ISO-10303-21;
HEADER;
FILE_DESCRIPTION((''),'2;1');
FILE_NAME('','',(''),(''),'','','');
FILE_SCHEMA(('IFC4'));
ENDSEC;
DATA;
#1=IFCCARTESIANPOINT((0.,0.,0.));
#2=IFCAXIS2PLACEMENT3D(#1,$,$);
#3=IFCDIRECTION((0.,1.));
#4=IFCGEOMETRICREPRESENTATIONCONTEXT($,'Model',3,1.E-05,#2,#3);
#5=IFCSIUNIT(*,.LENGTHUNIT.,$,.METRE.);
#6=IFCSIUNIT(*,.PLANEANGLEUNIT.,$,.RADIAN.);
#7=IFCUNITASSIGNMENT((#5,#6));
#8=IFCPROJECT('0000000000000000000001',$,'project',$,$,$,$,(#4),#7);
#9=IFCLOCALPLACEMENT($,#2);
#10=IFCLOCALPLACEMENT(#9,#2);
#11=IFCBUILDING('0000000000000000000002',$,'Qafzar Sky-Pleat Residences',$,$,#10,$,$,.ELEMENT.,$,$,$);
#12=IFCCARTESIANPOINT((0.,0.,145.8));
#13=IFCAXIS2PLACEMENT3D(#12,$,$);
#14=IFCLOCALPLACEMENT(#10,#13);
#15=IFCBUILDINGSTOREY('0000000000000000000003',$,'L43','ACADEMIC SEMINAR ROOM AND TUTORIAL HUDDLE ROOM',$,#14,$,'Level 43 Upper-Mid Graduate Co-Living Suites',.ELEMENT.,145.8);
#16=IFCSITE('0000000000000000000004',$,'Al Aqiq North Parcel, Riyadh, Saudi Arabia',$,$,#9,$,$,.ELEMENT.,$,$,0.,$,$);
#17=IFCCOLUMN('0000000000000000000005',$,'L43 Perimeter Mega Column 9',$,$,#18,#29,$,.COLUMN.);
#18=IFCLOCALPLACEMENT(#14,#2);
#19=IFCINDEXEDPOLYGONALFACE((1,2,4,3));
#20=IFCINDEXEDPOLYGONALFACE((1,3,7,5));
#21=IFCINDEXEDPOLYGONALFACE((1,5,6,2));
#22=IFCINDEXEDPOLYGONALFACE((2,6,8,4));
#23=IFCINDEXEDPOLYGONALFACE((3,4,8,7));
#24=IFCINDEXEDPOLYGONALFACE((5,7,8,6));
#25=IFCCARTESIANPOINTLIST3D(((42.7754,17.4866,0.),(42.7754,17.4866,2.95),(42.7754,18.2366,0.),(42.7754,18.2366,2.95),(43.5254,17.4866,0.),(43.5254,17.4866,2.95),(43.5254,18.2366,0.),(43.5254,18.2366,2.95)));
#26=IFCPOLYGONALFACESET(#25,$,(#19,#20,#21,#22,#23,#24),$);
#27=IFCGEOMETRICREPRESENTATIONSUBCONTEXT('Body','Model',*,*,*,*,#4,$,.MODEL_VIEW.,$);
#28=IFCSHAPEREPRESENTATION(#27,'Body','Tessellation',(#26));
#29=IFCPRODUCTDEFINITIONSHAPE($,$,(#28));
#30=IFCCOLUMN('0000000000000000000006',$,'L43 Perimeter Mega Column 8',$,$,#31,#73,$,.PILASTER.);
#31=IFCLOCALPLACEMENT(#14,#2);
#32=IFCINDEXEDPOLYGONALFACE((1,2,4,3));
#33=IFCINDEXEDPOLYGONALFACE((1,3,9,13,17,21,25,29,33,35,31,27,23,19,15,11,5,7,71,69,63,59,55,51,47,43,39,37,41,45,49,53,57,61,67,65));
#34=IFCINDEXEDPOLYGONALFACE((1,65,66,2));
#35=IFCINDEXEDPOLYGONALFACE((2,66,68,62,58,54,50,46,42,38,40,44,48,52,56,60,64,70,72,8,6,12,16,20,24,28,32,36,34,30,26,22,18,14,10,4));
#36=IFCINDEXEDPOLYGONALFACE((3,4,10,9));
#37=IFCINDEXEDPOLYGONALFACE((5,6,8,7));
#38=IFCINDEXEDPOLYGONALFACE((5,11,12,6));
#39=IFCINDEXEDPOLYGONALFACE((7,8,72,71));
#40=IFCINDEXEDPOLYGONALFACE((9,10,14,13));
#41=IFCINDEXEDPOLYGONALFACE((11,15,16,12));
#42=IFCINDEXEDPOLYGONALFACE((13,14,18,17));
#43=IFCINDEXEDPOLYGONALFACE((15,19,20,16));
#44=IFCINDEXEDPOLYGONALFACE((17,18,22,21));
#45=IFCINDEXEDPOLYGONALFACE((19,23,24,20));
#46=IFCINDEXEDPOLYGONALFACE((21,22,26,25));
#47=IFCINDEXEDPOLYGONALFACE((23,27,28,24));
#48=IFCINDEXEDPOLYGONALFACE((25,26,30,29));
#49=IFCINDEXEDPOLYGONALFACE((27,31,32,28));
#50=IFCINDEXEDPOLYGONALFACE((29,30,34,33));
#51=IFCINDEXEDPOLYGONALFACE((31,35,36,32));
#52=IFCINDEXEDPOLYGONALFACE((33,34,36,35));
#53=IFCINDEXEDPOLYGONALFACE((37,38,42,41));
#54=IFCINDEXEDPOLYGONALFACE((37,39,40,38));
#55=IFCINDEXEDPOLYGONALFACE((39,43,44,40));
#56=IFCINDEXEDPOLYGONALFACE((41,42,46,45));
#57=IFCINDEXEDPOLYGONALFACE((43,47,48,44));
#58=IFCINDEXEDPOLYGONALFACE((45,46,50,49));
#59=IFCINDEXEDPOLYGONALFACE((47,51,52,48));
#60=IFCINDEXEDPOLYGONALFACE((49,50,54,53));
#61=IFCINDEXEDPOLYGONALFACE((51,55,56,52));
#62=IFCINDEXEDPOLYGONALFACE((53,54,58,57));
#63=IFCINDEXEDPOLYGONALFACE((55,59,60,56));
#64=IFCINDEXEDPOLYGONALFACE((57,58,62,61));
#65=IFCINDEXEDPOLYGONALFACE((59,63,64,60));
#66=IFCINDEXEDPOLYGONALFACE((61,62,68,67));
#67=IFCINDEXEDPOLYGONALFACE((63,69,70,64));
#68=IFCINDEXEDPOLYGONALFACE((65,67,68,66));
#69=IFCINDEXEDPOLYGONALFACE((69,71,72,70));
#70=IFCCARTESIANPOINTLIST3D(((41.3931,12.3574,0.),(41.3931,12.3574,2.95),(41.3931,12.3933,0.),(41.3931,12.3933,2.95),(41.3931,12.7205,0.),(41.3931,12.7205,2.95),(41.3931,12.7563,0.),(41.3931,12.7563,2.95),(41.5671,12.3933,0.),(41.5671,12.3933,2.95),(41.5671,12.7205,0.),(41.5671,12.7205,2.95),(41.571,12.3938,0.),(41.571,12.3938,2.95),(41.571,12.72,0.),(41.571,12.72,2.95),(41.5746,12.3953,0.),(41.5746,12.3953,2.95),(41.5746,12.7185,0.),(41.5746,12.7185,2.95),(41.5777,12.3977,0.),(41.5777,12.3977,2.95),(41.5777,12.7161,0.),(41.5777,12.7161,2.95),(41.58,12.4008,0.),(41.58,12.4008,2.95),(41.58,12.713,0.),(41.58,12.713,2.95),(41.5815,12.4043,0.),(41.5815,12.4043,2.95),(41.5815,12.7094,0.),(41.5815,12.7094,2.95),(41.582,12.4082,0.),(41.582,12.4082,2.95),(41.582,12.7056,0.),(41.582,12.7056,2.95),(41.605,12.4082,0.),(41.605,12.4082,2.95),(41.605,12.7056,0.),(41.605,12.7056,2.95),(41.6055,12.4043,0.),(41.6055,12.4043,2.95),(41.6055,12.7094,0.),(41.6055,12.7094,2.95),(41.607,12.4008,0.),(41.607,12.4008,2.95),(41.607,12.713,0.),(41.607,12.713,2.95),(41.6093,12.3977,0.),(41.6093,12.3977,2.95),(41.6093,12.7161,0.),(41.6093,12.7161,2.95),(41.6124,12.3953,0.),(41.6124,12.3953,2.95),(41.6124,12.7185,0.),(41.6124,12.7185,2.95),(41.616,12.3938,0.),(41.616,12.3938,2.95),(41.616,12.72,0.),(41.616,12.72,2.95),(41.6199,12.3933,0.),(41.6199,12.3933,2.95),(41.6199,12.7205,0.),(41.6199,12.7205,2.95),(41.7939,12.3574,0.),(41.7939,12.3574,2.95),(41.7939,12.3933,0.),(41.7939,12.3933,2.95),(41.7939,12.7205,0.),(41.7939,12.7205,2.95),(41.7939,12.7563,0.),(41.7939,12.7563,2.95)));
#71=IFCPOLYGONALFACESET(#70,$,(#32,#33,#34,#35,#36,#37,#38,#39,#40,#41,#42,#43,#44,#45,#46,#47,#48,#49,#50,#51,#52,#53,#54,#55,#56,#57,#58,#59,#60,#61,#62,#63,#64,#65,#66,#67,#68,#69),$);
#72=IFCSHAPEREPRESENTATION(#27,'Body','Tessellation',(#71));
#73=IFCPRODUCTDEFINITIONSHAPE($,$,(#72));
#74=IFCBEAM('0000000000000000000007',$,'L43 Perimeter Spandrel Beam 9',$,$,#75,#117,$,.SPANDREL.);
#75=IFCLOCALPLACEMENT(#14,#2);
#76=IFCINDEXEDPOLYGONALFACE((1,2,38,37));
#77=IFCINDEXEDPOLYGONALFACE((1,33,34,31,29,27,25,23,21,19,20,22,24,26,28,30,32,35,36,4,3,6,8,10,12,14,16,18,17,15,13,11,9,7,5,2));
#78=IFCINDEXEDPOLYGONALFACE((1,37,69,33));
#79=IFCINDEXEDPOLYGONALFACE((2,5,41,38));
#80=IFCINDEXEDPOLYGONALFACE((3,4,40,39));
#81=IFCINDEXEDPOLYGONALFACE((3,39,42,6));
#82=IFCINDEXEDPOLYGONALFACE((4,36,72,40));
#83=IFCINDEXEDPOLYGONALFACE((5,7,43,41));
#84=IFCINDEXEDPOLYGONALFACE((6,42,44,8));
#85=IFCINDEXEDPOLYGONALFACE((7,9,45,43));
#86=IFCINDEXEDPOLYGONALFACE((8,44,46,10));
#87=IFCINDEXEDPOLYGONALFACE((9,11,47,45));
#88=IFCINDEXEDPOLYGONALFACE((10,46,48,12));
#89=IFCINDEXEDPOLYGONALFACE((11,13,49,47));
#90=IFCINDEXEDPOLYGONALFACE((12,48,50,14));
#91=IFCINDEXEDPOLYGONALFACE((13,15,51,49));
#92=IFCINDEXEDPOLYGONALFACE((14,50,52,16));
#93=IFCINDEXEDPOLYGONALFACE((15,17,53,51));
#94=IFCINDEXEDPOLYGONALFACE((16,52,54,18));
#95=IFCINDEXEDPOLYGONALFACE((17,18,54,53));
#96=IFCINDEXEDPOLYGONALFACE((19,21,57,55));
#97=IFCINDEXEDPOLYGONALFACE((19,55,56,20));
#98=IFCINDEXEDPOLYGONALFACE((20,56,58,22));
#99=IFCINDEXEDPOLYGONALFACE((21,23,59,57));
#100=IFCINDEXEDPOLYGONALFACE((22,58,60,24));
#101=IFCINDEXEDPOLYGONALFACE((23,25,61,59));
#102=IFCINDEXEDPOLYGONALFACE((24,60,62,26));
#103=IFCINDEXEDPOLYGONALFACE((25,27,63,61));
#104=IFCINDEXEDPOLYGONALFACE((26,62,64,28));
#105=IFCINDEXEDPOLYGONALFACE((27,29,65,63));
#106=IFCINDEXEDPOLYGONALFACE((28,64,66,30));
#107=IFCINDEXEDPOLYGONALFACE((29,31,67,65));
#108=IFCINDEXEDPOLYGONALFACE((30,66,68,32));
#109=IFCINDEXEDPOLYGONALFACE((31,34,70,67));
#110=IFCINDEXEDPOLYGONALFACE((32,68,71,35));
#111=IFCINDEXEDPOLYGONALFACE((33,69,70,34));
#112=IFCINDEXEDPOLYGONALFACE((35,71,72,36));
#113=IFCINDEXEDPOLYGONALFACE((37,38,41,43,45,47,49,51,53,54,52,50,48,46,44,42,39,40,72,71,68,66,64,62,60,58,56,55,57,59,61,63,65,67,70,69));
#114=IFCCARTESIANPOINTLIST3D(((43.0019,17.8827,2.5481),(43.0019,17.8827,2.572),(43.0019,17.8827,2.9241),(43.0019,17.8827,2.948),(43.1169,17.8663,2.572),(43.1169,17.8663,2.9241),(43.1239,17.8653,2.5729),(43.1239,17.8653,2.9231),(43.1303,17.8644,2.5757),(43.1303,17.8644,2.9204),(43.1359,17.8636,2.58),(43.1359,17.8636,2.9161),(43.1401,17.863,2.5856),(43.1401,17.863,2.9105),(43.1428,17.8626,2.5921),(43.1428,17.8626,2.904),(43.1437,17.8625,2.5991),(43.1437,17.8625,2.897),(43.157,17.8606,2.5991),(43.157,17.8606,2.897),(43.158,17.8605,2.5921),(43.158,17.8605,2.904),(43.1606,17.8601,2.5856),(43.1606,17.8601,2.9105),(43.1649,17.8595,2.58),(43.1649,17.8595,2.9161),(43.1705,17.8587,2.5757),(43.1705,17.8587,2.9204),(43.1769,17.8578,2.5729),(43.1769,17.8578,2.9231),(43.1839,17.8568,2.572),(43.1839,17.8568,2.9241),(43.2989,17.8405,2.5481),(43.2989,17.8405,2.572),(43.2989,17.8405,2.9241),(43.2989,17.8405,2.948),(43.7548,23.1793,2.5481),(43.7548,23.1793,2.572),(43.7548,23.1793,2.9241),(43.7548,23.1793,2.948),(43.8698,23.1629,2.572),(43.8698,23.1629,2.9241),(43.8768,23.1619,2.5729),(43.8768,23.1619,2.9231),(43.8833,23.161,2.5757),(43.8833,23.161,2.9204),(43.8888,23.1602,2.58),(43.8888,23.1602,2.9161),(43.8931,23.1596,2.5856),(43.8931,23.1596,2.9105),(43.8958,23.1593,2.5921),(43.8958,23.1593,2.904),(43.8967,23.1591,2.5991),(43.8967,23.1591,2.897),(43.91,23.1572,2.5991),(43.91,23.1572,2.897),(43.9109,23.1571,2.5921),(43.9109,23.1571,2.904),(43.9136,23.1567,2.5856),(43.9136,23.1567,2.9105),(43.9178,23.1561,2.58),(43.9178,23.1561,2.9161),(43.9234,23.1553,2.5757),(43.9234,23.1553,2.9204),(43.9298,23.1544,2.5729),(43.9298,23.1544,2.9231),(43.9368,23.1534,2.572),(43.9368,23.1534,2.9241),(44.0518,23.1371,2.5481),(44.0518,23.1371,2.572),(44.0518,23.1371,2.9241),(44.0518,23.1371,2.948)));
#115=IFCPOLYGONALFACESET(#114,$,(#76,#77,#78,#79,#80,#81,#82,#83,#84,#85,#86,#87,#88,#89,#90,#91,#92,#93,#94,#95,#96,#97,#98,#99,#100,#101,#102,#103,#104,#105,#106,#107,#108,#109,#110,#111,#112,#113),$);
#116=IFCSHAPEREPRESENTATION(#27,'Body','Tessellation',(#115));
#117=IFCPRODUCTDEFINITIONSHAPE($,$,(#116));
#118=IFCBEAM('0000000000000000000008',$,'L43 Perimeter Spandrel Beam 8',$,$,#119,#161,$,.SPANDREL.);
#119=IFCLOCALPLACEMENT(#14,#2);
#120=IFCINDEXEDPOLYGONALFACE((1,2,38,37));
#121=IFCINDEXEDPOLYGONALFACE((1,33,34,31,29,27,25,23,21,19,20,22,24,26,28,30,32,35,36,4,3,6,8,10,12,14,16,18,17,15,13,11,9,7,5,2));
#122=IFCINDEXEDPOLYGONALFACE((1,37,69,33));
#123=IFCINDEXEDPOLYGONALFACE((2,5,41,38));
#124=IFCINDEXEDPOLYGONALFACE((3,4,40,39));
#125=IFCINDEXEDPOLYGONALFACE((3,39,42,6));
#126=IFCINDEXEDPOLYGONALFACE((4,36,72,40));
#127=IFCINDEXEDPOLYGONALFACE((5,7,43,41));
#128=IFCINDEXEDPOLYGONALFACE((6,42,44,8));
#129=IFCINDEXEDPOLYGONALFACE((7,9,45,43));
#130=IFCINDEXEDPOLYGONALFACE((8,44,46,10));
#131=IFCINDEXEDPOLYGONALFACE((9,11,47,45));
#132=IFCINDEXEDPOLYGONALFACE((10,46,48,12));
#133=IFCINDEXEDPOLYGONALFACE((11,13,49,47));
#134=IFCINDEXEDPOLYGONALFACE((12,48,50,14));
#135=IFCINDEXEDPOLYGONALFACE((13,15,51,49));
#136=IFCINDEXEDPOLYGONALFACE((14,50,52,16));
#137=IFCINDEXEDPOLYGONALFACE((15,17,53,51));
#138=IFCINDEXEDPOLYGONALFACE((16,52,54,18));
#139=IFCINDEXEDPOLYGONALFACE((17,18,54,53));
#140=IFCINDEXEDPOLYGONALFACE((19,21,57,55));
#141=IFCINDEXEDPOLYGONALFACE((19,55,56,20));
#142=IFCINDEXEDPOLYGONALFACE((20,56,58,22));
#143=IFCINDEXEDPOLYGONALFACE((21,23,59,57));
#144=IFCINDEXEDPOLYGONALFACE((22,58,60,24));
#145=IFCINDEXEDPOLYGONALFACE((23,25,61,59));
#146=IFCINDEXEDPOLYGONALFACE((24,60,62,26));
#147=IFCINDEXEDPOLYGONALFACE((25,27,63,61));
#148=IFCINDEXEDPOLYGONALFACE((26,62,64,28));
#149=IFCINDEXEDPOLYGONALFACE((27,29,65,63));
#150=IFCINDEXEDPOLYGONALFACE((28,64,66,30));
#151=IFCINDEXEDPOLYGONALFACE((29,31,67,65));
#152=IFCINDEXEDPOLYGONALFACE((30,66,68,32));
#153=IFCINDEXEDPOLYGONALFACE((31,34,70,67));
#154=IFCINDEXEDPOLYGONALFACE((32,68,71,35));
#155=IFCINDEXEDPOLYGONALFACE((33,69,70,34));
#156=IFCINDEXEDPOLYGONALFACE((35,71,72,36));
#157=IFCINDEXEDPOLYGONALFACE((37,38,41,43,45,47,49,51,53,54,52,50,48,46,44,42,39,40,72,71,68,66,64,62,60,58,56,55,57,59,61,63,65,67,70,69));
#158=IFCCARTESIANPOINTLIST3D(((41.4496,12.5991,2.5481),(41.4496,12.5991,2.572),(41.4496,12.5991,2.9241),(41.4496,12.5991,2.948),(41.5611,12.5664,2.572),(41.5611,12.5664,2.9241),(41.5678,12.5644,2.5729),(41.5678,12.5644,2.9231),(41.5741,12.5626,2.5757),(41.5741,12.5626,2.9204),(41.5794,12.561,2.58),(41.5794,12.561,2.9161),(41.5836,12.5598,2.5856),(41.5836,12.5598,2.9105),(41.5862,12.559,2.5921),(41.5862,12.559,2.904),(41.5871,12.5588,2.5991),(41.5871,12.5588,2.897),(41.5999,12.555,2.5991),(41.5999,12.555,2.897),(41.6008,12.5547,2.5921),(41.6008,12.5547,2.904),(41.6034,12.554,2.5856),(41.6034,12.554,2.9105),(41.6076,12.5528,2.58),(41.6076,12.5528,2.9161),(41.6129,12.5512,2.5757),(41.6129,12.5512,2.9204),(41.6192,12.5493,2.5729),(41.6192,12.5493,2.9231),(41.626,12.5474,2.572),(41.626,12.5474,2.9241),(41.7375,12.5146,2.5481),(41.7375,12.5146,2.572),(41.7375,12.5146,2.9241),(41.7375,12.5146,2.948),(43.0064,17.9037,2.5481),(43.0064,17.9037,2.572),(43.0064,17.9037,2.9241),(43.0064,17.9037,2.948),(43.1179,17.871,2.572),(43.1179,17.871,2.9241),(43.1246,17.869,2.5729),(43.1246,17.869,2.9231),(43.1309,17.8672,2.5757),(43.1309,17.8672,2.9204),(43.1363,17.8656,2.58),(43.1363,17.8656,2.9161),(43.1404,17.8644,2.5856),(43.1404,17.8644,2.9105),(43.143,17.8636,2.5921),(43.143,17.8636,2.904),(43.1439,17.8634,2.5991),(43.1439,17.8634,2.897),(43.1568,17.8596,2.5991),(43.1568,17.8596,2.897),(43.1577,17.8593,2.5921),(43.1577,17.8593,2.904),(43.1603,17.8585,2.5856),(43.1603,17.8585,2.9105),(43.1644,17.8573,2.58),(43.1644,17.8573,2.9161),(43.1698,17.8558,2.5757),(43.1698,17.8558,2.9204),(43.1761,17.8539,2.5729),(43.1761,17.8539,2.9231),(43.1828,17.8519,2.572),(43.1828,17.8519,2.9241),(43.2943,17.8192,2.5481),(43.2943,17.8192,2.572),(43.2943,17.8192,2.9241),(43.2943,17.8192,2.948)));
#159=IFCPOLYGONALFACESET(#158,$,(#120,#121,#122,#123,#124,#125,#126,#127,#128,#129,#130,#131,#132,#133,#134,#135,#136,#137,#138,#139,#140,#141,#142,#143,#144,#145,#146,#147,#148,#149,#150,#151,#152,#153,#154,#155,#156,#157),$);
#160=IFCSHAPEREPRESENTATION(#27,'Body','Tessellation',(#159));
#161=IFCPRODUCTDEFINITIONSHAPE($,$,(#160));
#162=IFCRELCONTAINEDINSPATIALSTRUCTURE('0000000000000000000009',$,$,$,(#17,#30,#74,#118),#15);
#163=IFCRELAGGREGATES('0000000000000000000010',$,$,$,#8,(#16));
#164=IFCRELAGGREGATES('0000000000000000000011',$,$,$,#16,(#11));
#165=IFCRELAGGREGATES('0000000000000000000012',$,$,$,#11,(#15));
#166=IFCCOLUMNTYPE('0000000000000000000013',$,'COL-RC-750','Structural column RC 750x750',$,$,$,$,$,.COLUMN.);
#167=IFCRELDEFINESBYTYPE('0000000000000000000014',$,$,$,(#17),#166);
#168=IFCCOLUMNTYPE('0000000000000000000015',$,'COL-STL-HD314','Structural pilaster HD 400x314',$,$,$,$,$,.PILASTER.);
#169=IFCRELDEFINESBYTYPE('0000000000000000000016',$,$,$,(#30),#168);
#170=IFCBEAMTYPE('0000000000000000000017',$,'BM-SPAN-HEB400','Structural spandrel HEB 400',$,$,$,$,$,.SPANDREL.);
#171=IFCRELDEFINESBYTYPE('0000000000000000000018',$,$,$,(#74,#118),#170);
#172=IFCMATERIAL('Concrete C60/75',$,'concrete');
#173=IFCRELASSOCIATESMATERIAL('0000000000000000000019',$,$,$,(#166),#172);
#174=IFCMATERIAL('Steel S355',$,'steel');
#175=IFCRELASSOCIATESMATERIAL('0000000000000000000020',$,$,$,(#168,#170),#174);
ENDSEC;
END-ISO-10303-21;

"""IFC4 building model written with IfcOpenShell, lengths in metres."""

from ifc_helpers import new_model, si_unit, direction, frame, origin, origin_2d, place, context, subcontext, project, spatial, rectangle, i_section, extrude, source, transform, mapped, material, material_profile, profile_set, type_object, element, save


model = new_model("IFC4")

# Units and contexts
model_context = context("Model", 3, precision=1e-05, world=origin(), true_north=direction((0.0, 1.0)))
body_context = subcontext(model_context, "Body", "Model", "MODEL_VIEW")
ifc_project = project(units=[si_unit("LENGTHUNIT", "METRE"), si_unit("PLANEANGLEUNIT", "RADIAN")], contexts=[model_context])

# Site, building, storey
site_placement = place(None, origin())
site = spatial("IfcSite", under=ifc_project, at=site_placement, Name="Al Aqiq North Parcel, Riyadh, Saudi Arabia", CompositionType="ELEMENT", RefElevation=0.0)
building_placement = place(site_placement, origin())
building = spatial("IfcBuilding", under=site, at=building_placement, Name="Qafzar Sky-Pleat Residences", CompositionType="ELEMENT")
storey_placement = place(building_placement, frame((0.0, 0.0, 145.8)))
storey = spatial("IfcBuildingStorey", under=building, at=storey_placement, Name="L43", Description="ACADEMIC SEMINAR ROOM AND TUTORIAL HUDDLE ROOM", LongName="Level 43 Upper-Mid Graduate Co-Living Suites", CompositionType="ELEMENT", Elevation=145.8)

# Columns
ifc_material_1 = material(Name="Concrete C60/75", Category="concrete")
ifc_material_profile_1 = material_profile(ifc_material_1, rectangle(XDim=0.75, YDim=0.75, at=origin_2d()), Name="RC 750x750")
ifc_profile_set_1 = profile_set([ifc_material_profile_1], Name="Concrete C60/75")
column_type_1 = type_object("IfcColumnType", Name="COL-RC-750", Description="Structural column RC 750x750", PredefinedType="COLUMN", material=ifc_profile_set_1)
shared_shape_1 = source(origin(), body_context, "Body", "SweptSolid", [
    extrude(rectangle(XDim=0.75, YDim=0.75, at=origin_2d()), origin(), (0.0, 0.0, 1.0), 2.95),
])
column_1_placement = place(storey_placement, frame((43.1504, 17.8616, 0.0), z_axis=(0.0, 0.0, 1.0), x_axis=(1.0, 0.0, 0.0)))
element("IfcColumn", 1, at=column_1_placement, inside=storey, type_object=column_type_1, Name="L43 Perimeter Mega Column 9", PredefinedType="COLUMN", context=body_context, shape_type="MappedRepresentation", body=[
    mapped(shared_shape_1, transform((0.0, 0.0, 0.0), x_axis=(1.0, 0.0, 0.0), y_axis=(0.0, 1.0, 0.0), z_axis=(0.0, 0.0, 1.0), scale=1.0)),
])
ifc_material_2 = material(Name="Steel S355", Category="steel")
ifc_material_profile_2 = material_profile(ifc_material_2, i_section(OverallWidth=0.4009, OverallDepth=0.3989, WebThickness=0.0229, FlangeThickness=0.0359, FilletRadius=0.0149, at=origin_2d()), Name="HD 400x314")
ifc_profile_set_2 = profile_set([ifc_material_profile_2], Name="Steel S355")
column_type_2 = type_object("IfcColumnType", Name="COL-STL-HD314", Description="Structural pilaster HD 400x314", PredefinedType="PILASTER", material=ifc_profile_set_2)
shared_shape_2 = source(origin(), body_context, "Body", "SweptSolid", [
    extrude(i_section(OverallWidth=0.4009, OverallDepth=0.3989, WebThickness=0.0229, FlangeThickness=0.0359, FilletRadius=0.0149, at=origin_2d()), origin(), (0.0, 0.0, 1.0), 2.95),
])
column_2_placement = place(storey_placement, frame((41.5935, 12.5569, 0.0), z_axis=(0.0, 0.0, 1.0), x_axis=(1.0, 0.0, 0.0)))
element("IfcColumn", 2, at=column_2_placement, inside=storey, type_object=column_type_2, Name="L43 Perimeter Mega Column 8", PredefinedType="PILASTER", context=body_context, shape_type="MappedRepresentation", body=[
    mapped(shared_shape_2, transform((0.0, 0.0, 0.0), x_axis=(1.0, 0.0, 0.0), y_axis=(0.0, 1.0, 0.0), z_axis=(0.0, 0.0, 1.0), scale=1.0)),
])

# Beams
ifc_material_profile_3 = material_profile(ifc_material_2, i_section(OverallWidth=0.3, OverallDepth=0.3999, WebThickness=0.0134, FlangeThickness=0.0239, FilletRadius=0.0271, at=origin_2d()), Name="HEB 400")
ifc_profile_set_3 = profile_set([ifc_material_profile_3], Name="Steel S355")
beam_type_1 = type_object("IfcBeamType", Name="BM-SPAN-HEB400", Description="Structural spandrel HEB 400", PredefinedType="SPANDREL", material=ifc_profile_set_3)
shared_shape_3 = source(origin(), body_context, "Body", "SweptSolid", [
    extrude(i_section(OverallWidth=0.3, OverallDepth=0.3999, WebThickness=0.0134, FlangeThickness=0.0239, FilletRadius=0.0271, at=origin_2d()), origin(), (0.0, 0.0, 1.0), 5.3499),
])
beam_1_placement = place(storey_placement, frame((43.1504, 17.8616, 2.748), z_axis=(0.140738, 0.990047, 0.0), x_axis=(-0.990047, 0.140738, 0.0)))
element("IfcBeam", 3, at=beam_1_placement, inside=storey, type_object=beam_type_1, Name="L43 Perimeter Spandrel Beam 9", PredefinedType="SPANDREL", context=body_context, shape_type="MappedRepresentation", body=[
    mapped(shared_shape_3, transform((0.0, 0.0, 0.0), x_axis=(1.0, 0.0, 0.0), y_axis=(0.0, 1.0, 0.0), z_axis=(0.0, 0.0, 1.0), scale=1.0)),
])
shared_shape_4 = source(origin(), body_context, "Body", "SweptSolid", [
    extrude(i_section(OverallWidth=0.3, OverallDepth=0.3999, WebThickness=0.0134, FlangeThickness=0.0239, FilletRadius=0.0271, at=origin_2d()), origin(), (0.0, 0.0, 1.0), 5.5283),
])
beam_2_placement = place(storey_placement, frame((41.5935, 12.5569, 2.748), z_axis=(0.281614, 0.959528, 0.0), x_axis=(-0.959528, 0.281614, 0.0)))
element("IfcBeam", 4, at=beam_2_placement, inside=storey, type_object=beam_type_1, Name="L43 Perimeter Spandrel Beam 8", PredefinedType="SPANDREL", context=body_context, shape_type="MappedRepresentation", body=[
    mapped(shared_shape_4, transform((0.0, 0.0, 0.0), x_axis=(1.0, 0.0, 0.0), y_axis=(0.0, 1.0, 0.0), z_axis=(0.0, 0.0, 1.0), scale=1.0)),
])

save(model, "model.ifc")
